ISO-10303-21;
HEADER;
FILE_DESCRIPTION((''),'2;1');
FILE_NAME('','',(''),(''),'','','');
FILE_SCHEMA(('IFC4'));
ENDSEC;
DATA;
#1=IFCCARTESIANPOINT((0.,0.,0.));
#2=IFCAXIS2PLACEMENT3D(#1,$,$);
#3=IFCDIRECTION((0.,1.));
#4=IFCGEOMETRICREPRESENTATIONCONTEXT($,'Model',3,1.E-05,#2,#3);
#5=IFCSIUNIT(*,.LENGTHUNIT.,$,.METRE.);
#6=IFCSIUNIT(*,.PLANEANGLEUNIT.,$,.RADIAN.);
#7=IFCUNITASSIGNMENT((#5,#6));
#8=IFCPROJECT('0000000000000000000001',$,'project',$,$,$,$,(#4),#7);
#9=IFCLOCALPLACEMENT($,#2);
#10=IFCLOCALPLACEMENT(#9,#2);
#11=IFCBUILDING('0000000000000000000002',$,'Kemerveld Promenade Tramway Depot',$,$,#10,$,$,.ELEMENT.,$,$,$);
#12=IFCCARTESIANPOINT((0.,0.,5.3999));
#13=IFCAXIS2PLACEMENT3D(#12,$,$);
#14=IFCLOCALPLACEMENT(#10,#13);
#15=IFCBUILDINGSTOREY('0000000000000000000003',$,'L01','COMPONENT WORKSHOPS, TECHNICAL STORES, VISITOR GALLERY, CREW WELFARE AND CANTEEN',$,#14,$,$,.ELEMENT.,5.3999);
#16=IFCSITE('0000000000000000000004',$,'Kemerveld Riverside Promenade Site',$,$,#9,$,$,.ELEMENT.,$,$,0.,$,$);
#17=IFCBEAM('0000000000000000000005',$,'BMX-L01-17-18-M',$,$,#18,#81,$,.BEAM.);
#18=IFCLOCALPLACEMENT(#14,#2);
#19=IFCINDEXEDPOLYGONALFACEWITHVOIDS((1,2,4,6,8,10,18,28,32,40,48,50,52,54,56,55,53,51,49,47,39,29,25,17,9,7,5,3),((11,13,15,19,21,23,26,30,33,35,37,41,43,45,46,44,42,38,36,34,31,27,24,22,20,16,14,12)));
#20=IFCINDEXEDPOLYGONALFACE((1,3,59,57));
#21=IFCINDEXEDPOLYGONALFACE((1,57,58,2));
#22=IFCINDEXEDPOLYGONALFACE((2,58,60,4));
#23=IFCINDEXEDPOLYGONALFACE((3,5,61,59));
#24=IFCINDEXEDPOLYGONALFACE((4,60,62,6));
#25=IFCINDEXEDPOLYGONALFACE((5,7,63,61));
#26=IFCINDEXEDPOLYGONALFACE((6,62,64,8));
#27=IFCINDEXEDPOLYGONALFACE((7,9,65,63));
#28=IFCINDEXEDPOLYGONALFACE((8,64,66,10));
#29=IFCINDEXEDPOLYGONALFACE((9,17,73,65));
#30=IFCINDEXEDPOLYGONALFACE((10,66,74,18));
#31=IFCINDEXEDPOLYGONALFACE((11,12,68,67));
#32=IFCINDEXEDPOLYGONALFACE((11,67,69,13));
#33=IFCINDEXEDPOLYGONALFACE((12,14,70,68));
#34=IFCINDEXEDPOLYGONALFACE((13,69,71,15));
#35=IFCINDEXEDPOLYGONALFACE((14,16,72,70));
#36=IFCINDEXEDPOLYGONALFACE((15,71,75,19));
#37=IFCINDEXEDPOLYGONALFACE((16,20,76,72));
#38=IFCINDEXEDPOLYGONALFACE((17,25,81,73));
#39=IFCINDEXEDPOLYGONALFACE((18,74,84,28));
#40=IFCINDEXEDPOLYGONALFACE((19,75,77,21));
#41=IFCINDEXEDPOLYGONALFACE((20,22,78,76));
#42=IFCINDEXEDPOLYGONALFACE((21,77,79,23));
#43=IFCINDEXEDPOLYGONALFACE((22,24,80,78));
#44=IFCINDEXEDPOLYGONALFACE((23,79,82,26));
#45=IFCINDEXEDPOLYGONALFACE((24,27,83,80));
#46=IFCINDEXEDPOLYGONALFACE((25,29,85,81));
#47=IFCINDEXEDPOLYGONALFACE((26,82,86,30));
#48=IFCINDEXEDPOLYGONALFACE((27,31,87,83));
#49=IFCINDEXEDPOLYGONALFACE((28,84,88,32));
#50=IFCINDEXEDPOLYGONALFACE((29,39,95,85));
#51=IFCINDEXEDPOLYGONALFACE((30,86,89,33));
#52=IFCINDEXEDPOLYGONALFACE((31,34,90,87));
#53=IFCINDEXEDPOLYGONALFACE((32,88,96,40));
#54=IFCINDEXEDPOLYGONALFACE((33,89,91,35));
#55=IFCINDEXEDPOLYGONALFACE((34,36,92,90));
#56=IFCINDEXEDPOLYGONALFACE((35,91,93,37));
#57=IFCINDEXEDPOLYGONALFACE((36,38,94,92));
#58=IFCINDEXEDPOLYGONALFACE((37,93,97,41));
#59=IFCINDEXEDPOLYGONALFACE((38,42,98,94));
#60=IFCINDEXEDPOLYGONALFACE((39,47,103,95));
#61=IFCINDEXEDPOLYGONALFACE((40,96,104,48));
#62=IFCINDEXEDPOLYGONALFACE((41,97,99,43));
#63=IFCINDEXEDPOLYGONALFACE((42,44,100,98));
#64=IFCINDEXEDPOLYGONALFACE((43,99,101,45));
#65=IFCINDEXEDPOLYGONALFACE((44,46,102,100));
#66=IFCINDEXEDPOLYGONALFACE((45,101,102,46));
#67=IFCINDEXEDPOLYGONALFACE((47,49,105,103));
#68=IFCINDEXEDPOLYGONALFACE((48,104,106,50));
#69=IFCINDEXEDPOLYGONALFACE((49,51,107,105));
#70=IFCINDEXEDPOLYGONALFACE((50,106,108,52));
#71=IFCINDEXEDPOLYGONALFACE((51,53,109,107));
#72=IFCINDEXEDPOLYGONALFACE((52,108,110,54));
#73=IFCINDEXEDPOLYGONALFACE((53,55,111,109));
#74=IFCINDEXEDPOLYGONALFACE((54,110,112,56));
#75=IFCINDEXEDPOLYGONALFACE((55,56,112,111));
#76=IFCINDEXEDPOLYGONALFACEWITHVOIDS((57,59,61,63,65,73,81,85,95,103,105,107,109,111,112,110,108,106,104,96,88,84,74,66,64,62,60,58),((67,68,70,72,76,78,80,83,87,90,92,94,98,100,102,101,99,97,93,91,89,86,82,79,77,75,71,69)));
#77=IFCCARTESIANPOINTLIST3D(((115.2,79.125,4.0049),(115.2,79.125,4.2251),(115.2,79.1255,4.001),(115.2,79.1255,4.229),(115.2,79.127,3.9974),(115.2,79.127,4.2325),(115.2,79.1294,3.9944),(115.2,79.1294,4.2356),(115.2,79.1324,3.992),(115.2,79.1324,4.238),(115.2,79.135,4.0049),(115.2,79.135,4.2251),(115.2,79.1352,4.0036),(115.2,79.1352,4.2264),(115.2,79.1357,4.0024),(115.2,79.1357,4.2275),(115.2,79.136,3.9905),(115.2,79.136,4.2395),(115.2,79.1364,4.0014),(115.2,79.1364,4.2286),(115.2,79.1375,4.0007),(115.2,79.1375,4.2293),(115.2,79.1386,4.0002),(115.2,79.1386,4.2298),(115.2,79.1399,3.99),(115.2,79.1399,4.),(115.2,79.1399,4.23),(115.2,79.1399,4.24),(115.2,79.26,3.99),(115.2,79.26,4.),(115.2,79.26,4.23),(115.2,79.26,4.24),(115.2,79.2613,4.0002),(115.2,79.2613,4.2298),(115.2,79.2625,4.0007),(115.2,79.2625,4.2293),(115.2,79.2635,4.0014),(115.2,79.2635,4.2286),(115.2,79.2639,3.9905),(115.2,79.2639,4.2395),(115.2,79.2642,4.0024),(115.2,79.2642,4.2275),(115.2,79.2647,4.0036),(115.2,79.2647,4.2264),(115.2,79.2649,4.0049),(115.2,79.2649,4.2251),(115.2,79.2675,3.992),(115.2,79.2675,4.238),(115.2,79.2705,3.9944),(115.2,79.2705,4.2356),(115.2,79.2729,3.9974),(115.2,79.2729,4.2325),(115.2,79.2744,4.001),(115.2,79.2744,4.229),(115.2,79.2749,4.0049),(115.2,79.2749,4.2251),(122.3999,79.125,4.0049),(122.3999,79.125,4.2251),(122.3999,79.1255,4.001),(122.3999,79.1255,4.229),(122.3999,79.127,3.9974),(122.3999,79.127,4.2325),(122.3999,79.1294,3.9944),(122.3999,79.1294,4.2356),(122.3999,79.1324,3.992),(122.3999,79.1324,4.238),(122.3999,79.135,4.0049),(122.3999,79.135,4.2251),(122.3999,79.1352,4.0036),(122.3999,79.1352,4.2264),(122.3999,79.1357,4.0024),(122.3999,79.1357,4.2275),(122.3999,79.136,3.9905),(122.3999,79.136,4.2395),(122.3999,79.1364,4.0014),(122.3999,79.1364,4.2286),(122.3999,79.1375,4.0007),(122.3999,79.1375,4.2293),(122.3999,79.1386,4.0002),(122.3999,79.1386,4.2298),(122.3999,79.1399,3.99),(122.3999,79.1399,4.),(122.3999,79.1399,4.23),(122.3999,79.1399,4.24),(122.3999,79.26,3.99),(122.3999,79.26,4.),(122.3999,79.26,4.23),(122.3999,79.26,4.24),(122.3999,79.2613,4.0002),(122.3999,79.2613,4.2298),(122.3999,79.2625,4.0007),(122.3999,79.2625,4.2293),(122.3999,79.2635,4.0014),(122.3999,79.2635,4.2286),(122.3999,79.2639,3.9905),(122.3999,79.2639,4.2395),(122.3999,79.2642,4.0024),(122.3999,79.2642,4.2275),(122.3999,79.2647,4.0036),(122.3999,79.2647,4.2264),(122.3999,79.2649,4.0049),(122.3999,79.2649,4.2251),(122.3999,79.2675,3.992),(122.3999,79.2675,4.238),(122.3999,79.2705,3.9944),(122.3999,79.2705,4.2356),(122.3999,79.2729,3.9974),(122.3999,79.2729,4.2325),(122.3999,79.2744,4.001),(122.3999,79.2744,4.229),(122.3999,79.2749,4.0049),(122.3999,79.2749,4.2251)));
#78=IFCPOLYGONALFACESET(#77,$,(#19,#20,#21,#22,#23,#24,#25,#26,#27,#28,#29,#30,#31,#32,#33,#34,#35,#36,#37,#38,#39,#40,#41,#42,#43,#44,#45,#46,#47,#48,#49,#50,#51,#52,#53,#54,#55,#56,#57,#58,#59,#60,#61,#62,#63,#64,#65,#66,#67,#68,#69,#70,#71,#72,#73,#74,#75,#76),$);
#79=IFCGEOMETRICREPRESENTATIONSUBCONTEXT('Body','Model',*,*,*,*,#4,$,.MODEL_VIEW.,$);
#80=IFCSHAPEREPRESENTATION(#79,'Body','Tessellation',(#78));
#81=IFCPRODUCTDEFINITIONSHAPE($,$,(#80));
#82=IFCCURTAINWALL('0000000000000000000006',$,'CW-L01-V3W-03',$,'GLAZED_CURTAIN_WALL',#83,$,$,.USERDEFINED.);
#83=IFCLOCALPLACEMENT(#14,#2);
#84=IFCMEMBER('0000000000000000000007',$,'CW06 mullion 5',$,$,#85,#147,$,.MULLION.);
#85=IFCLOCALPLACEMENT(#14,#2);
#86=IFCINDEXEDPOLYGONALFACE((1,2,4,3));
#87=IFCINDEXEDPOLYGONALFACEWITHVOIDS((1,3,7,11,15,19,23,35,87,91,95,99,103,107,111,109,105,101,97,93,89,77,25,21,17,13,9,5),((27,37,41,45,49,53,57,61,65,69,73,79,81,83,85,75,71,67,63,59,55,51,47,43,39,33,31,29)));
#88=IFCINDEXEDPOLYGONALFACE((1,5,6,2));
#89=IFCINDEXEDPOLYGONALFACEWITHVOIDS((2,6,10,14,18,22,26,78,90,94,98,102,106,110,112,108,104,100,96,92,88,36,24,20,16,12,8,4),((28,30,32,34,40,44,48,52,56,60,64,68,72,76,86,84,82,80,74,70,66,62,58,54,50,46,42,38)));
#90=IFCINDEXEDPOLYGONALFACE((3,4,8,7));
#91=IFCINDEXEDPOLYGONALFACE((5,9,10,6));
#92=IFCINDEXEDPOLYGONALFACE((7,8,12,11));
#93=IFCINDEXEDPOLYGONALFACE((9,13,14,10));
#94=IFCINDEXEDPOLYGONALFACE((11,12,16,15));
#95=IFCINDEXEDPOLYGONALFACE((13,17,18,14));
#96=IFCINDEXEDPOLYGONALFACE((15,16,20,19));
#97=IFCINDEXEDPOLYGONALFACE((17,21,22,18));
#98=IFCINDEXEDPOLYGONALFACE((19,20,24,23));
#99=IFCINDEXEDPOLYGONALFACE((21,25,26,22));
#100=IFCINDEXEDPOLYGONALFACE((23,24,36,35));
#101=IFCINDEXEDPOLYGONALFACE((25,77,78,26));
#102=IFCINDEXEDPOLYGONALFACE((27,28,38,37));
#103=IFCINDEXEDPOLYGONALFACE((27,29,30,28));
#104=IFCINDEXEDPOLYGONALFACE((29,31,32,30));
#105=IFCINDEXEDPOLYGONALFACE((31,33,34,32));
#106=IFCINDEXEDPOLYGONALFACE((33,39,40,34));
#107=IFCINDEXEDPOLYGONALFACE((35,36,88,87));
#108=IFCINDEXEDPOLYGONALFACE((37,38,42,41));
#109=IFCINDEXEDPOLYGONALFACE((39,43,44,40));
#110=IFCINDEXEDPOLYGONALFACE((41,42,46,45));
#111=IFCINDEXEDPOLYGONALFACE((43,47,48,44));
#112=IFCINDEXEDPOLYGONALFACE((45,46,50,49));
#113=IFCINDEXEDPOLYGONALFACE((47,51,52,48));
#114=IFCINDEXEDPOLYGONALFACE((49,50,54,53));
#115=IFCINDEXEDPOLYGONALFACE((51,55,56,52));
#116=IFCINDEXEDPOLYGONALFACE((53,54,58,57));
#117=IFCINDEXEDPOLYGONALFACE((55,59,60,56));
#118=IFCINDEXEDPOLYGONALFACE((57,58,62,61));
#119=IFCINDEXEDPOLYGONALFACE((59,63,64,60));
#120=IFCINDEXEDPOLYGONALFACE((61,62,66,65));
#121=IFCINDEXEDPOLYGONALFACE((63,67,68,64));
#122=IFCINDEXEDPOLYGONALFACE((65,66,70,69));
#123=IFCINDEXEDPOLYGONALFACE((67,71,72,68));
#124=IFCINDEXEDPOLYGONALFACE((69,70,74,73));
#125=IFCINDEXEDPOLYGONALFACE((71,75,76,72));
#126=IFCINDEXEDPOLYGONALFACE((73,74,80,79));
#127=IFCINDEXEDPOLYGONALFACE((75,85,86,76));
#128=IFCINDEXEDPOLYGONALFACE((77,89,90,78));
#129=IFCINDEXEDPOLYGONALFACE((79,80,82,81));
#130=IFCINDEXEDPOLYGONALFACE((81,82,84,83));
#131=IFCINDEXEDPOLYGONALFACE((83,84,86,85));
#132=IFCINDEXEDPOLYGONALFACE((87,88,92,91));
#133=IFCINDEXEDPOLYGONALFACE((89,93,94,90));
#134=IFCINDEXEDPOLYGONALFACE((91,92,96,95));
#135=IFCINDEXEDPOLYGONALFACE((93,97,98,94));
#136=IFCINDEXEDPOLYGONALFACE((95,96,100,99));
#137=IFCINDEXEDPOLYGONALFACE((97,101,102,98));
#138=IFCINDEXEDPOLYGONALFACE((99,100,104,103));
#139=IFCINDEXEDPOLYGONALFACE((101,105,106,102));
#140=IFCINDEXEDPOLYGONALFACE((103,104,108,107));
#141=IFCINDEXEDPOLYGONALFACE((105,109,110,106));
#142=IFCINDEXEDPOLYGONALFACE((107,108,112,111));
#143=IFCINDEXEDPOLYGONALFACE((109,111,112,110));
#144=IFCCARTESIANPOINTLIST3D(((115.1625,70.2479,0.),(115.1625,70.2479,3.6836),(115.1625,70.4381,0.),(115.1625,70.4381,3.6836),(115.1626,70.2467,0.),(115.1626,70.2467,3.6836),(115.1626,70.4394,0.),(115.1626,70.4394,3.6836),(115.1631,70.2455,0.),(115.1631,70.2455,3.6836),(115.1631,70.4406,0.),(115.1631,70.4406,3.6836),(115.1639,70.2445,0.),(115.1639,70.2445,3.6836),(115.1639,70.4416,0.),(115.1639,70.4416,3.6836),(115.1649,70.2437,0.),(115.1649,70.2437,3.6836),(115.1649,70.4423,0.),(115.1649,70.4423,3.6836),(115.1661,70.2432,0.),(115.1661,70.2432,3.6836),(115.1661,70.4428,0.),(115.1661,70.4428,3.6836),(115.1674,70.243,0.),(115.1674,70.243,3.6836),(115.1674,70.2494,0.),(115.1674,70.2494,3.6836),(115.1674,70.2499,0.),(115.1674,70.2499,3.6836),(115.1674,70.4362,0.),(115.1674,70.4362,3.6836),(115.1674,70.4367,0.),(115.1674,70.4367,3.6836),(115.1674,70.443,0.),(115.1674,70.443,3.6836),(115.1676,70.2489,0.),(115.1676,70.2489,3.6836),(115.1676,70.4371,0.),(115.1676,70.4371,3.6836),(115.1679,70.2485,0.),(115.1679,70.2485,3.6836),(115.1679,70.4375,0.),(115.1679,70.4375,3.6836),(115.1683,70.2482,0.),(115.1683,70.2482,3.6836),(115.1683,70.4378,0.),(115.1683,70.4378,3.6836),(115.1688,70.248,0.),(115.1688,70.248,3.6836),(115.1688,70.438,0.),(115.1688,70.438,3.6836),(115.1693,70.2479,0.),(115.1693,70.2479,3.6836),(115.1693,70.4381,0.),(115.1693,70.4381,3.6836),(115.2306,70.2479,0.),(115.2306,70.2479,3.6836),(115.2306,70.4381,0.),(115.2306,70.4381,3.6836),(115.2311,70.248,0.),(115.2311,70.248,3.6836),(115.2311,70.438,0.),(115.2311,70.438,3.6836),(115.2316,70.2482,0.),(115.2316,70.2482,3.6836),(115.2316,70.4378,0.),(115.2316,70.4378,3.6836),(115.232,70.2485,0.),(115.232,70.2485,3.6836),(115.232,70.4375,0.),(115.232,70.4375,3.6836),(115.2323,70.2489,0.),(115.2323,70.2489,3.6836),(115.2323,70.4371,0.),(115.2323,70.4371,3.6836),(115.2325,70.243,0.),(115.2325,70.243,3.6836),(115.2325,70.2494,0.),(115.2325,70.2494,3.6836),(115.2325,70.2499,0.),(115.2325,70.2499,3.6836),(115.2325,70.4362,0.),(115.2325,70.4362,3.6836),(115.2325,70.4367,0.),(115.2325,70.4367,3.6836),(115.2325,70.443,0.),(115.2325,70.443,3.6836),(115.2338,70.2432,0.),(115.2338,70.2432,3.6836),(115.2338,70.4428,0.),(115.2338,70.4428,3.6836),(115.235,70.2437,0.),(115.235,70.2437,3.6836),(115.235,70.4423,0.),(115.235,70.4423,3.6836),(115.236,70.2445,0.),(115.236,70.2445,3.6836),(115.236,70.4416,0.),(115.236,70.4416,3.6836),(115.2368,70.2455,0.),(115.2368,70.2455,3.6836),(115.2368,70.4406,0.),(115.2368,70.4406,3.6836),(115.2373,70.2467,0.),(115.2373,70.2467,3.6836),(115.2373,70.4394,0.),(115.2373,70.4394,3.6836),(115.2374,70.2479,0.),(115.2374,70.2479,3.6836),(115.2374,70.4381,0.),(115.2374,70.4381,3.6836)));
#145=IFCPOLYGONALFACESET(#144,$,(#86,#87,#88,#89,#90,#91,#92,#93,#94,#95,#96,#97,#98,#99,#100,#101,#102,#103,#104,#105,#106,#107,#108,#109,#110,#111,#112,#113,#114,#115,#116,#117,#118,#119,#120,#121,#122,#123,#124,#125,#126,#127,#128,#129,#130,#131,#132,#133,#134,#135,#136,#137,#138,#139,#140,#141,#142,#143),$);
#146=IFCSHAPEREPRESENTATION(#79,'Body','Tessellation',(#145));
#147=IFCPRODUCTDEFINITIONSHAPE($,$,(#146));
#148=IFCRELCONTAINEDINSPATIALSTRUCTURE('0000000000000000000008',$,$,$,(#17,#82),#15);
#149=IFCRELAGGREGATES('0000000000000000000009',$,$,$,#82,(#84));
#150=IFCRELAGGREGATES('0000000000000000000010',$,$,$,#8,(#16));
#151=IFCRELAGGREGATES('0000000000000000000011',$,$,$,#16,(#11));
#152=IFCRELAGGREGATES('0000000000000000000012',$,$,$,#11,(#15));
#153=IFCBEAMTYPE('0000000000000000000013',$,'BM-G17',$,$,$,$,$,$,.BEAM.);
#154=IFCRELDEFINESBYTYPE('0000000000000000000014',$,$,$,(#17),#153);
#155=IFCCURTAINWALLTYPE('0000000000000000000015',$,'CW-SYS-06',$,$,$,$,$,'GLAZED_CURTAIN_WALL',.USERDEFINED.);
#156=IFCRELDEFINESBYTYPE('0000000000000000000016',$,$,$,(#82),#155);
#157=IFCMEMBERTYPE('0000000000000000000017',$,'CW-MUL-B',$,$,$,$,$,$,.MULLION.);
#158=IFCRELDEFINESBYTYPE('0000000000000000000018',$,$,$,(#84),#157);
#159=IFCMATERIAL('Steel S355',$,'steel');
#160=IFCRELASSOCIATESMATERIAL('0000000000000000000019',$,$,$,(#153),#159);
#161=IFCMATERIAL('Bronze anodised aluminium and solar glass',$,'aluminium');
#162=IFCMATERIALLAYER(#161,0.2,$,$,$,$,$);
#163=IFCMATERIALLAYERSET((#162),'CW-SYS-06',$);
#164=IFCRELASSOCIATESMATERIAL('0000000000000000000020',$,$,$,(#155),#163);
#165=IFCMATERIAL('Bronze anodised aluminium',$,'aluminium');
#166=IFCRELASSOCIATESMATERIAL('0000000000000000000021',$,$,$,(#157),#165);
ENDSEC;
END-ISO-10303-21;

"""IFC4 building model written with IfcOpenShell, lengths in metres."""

from ifc_helpers import new_model, si_unit, direction, frame, origin, origin_2d, place, context, subcontext, project, spatial, hollow_rectangle, extrude, material, layer, layer_set, material_profile, profile_set, type_object, element, aggregate, save


model = new_model("IFC4")

# Units and contexts
model_context = context("Model", 3, precision=1e-05, world=origin(), true_north=direction((0.0, 1.0)))
body_context = subcontext(model_context, "Body", "Model", "MODEL_VIEW")
ifc_project = project(units=[si_unit("LENGTHUNIT", "METRE"), si_unit("PLANEANGLEUNIT", "RADIAN")], contexts=[model_context])

# Site, building, storey
site_placement = place(None, origin())
site = spatial("IfcSite", under=ifc_project, at=site_placement, Name="Kemerveld Riverside Promenade Site", CompositionType="ELEMENT", RefElevation=0.0)
building_placement = place(site_placement, origin())
building = spatial("IfcBuilding", under=site, at=building_placement, Name="Kemerveld Promenade Tramway Depot", CompositionType="ELEMENT")
storey_placement = place(building_placement, frame((0.0, 0.0, 5.3999)))
storey = spatial("IfcBuildingStorey", under=building, at=storey_placement, Name="L01", Description="COMPONENT WORKSHOPS, TECHNICAL STORES, VISITOR GALLERY, CREW WELFARE AND CANTEEN", CompositionType="ELEMENT", Elevation=5.3999)

# Beam
ifc_material_1 = material(Name="Steel S355", Category="steel")
ifc_material_profile_1 = material_profile(ifc_material_1, hollow_rectangle(XDim=0.1499, YDim=0.25, WallThickness=0.01, InnerFilletRadius=0.0049, OuterFilletRadius=0.0149, at=origin_2d()), Name="250x150x10.0 RHS")
ifc_profile_set_1 = profile_set([ifc_material_profile_1], Name="Steel S355")
beam_type_1 = type_object("IfcBeamType", Name="BM-G17", PredefinedType="BEAM", material=ifc_profile_set_1)
beam_1_placement = place(storey_placement, frame((115.2, 79.2, 4.115), z_axis=(1.0, 0.0, 0.0), x_axis=(0.0, 1.0, 0.0)))
element("IfcBeam", 1, at=beam_1_placement, inside=storey, type_object=beam_type_1, Name="BMX-L01-17-18-M", PredefinedType="BEAM", context=body_context, shape_type="SweptSolid", body=[
    extrude(hollow_rectangle(XDim=0.1499, YDim=0.25, WallThickness=0.01, InnerFilletRadius=0.0049, OuterFilletRadius=0.0149, at=origin_2d()), origin(), (0.0, 0.0, 1.0), 7.2),
])

# Curtain wall, member
ifc_material_2 = material(Name="Bronze anodised aluminium and solar glass", Category="aluminium")
ifc_layer_1 = layer(ifc_material_2, 0.2)
ifc_layer_set_1 = layer_set([ifc_layer_1], Name="CW-SYS-06")
curtain_wall_type_1 = type_object("IfcCurtainWallType", Name="CW-SYS-06", ElementType="GLAZED_CURTAIN_WALL", PredefinedType="USERDEFINED", material=ifc_layer_set_1)
curtain_wall_1_placement = place(storey_placement, origin())
curtain_wall_1 = element("IfcCurtainWall", 2, at=curtain_wall_1_placement, inside=storey, type_object=curtain_wall_type_1, Name="CW-L01-V3W-03", ObjectType="GLAZED_CURTAIN_WALL", PredefinedType="USERDEFINED")
ifc_material_3 = material(Name="Bronze anodised aluminium", Category="aluminium")
ifc_material_profile_2 = material_profile(ifc_material_3, hollow_rectangle(XDim=0.075, YDim=0.2, WallThickness=0.0049, InnerFilletRadius=0.002, OuterFilletRadius=0.0049, at=origin_2d()), Name="CW-MUL-200x75")
ifc_profile_set_2 = profile_set([ifc_material_profile_2], Name="Bronze anodised aluminium")
member_type_1 = type_object("IfcMemberType", Name="CW-MUL-B", PredefinedType="MULLION", material=ifc_profile_set_2)
member_1_placement = place(storey_placement, frame((115.2, 70.343, 0.0), z_axis=(0.0, 0.0, 1.0), x_axis=(-1.0, 0.0, 0.0)))
member_1 = element("IfcMember", 3, at=member_1_placement, type_object=member_type_1, Name="CW06 mullion 5", PredefinedType="MULLION", context=body_context, shape_type="SweptSolid", body=[
    extrude(hollow_rectangle(XDim=0.075, YDim=0.2, WallThickness=0.0049, InnerFilletRadius=0.002, OuterFilletRadius=0.0049, at=origin_2d()), origin(), (0.0, 0.0, 1.0), 3.6836),
])

aggregate(curtain_wall_1, [member_1])

save(model, "model.ifc")
